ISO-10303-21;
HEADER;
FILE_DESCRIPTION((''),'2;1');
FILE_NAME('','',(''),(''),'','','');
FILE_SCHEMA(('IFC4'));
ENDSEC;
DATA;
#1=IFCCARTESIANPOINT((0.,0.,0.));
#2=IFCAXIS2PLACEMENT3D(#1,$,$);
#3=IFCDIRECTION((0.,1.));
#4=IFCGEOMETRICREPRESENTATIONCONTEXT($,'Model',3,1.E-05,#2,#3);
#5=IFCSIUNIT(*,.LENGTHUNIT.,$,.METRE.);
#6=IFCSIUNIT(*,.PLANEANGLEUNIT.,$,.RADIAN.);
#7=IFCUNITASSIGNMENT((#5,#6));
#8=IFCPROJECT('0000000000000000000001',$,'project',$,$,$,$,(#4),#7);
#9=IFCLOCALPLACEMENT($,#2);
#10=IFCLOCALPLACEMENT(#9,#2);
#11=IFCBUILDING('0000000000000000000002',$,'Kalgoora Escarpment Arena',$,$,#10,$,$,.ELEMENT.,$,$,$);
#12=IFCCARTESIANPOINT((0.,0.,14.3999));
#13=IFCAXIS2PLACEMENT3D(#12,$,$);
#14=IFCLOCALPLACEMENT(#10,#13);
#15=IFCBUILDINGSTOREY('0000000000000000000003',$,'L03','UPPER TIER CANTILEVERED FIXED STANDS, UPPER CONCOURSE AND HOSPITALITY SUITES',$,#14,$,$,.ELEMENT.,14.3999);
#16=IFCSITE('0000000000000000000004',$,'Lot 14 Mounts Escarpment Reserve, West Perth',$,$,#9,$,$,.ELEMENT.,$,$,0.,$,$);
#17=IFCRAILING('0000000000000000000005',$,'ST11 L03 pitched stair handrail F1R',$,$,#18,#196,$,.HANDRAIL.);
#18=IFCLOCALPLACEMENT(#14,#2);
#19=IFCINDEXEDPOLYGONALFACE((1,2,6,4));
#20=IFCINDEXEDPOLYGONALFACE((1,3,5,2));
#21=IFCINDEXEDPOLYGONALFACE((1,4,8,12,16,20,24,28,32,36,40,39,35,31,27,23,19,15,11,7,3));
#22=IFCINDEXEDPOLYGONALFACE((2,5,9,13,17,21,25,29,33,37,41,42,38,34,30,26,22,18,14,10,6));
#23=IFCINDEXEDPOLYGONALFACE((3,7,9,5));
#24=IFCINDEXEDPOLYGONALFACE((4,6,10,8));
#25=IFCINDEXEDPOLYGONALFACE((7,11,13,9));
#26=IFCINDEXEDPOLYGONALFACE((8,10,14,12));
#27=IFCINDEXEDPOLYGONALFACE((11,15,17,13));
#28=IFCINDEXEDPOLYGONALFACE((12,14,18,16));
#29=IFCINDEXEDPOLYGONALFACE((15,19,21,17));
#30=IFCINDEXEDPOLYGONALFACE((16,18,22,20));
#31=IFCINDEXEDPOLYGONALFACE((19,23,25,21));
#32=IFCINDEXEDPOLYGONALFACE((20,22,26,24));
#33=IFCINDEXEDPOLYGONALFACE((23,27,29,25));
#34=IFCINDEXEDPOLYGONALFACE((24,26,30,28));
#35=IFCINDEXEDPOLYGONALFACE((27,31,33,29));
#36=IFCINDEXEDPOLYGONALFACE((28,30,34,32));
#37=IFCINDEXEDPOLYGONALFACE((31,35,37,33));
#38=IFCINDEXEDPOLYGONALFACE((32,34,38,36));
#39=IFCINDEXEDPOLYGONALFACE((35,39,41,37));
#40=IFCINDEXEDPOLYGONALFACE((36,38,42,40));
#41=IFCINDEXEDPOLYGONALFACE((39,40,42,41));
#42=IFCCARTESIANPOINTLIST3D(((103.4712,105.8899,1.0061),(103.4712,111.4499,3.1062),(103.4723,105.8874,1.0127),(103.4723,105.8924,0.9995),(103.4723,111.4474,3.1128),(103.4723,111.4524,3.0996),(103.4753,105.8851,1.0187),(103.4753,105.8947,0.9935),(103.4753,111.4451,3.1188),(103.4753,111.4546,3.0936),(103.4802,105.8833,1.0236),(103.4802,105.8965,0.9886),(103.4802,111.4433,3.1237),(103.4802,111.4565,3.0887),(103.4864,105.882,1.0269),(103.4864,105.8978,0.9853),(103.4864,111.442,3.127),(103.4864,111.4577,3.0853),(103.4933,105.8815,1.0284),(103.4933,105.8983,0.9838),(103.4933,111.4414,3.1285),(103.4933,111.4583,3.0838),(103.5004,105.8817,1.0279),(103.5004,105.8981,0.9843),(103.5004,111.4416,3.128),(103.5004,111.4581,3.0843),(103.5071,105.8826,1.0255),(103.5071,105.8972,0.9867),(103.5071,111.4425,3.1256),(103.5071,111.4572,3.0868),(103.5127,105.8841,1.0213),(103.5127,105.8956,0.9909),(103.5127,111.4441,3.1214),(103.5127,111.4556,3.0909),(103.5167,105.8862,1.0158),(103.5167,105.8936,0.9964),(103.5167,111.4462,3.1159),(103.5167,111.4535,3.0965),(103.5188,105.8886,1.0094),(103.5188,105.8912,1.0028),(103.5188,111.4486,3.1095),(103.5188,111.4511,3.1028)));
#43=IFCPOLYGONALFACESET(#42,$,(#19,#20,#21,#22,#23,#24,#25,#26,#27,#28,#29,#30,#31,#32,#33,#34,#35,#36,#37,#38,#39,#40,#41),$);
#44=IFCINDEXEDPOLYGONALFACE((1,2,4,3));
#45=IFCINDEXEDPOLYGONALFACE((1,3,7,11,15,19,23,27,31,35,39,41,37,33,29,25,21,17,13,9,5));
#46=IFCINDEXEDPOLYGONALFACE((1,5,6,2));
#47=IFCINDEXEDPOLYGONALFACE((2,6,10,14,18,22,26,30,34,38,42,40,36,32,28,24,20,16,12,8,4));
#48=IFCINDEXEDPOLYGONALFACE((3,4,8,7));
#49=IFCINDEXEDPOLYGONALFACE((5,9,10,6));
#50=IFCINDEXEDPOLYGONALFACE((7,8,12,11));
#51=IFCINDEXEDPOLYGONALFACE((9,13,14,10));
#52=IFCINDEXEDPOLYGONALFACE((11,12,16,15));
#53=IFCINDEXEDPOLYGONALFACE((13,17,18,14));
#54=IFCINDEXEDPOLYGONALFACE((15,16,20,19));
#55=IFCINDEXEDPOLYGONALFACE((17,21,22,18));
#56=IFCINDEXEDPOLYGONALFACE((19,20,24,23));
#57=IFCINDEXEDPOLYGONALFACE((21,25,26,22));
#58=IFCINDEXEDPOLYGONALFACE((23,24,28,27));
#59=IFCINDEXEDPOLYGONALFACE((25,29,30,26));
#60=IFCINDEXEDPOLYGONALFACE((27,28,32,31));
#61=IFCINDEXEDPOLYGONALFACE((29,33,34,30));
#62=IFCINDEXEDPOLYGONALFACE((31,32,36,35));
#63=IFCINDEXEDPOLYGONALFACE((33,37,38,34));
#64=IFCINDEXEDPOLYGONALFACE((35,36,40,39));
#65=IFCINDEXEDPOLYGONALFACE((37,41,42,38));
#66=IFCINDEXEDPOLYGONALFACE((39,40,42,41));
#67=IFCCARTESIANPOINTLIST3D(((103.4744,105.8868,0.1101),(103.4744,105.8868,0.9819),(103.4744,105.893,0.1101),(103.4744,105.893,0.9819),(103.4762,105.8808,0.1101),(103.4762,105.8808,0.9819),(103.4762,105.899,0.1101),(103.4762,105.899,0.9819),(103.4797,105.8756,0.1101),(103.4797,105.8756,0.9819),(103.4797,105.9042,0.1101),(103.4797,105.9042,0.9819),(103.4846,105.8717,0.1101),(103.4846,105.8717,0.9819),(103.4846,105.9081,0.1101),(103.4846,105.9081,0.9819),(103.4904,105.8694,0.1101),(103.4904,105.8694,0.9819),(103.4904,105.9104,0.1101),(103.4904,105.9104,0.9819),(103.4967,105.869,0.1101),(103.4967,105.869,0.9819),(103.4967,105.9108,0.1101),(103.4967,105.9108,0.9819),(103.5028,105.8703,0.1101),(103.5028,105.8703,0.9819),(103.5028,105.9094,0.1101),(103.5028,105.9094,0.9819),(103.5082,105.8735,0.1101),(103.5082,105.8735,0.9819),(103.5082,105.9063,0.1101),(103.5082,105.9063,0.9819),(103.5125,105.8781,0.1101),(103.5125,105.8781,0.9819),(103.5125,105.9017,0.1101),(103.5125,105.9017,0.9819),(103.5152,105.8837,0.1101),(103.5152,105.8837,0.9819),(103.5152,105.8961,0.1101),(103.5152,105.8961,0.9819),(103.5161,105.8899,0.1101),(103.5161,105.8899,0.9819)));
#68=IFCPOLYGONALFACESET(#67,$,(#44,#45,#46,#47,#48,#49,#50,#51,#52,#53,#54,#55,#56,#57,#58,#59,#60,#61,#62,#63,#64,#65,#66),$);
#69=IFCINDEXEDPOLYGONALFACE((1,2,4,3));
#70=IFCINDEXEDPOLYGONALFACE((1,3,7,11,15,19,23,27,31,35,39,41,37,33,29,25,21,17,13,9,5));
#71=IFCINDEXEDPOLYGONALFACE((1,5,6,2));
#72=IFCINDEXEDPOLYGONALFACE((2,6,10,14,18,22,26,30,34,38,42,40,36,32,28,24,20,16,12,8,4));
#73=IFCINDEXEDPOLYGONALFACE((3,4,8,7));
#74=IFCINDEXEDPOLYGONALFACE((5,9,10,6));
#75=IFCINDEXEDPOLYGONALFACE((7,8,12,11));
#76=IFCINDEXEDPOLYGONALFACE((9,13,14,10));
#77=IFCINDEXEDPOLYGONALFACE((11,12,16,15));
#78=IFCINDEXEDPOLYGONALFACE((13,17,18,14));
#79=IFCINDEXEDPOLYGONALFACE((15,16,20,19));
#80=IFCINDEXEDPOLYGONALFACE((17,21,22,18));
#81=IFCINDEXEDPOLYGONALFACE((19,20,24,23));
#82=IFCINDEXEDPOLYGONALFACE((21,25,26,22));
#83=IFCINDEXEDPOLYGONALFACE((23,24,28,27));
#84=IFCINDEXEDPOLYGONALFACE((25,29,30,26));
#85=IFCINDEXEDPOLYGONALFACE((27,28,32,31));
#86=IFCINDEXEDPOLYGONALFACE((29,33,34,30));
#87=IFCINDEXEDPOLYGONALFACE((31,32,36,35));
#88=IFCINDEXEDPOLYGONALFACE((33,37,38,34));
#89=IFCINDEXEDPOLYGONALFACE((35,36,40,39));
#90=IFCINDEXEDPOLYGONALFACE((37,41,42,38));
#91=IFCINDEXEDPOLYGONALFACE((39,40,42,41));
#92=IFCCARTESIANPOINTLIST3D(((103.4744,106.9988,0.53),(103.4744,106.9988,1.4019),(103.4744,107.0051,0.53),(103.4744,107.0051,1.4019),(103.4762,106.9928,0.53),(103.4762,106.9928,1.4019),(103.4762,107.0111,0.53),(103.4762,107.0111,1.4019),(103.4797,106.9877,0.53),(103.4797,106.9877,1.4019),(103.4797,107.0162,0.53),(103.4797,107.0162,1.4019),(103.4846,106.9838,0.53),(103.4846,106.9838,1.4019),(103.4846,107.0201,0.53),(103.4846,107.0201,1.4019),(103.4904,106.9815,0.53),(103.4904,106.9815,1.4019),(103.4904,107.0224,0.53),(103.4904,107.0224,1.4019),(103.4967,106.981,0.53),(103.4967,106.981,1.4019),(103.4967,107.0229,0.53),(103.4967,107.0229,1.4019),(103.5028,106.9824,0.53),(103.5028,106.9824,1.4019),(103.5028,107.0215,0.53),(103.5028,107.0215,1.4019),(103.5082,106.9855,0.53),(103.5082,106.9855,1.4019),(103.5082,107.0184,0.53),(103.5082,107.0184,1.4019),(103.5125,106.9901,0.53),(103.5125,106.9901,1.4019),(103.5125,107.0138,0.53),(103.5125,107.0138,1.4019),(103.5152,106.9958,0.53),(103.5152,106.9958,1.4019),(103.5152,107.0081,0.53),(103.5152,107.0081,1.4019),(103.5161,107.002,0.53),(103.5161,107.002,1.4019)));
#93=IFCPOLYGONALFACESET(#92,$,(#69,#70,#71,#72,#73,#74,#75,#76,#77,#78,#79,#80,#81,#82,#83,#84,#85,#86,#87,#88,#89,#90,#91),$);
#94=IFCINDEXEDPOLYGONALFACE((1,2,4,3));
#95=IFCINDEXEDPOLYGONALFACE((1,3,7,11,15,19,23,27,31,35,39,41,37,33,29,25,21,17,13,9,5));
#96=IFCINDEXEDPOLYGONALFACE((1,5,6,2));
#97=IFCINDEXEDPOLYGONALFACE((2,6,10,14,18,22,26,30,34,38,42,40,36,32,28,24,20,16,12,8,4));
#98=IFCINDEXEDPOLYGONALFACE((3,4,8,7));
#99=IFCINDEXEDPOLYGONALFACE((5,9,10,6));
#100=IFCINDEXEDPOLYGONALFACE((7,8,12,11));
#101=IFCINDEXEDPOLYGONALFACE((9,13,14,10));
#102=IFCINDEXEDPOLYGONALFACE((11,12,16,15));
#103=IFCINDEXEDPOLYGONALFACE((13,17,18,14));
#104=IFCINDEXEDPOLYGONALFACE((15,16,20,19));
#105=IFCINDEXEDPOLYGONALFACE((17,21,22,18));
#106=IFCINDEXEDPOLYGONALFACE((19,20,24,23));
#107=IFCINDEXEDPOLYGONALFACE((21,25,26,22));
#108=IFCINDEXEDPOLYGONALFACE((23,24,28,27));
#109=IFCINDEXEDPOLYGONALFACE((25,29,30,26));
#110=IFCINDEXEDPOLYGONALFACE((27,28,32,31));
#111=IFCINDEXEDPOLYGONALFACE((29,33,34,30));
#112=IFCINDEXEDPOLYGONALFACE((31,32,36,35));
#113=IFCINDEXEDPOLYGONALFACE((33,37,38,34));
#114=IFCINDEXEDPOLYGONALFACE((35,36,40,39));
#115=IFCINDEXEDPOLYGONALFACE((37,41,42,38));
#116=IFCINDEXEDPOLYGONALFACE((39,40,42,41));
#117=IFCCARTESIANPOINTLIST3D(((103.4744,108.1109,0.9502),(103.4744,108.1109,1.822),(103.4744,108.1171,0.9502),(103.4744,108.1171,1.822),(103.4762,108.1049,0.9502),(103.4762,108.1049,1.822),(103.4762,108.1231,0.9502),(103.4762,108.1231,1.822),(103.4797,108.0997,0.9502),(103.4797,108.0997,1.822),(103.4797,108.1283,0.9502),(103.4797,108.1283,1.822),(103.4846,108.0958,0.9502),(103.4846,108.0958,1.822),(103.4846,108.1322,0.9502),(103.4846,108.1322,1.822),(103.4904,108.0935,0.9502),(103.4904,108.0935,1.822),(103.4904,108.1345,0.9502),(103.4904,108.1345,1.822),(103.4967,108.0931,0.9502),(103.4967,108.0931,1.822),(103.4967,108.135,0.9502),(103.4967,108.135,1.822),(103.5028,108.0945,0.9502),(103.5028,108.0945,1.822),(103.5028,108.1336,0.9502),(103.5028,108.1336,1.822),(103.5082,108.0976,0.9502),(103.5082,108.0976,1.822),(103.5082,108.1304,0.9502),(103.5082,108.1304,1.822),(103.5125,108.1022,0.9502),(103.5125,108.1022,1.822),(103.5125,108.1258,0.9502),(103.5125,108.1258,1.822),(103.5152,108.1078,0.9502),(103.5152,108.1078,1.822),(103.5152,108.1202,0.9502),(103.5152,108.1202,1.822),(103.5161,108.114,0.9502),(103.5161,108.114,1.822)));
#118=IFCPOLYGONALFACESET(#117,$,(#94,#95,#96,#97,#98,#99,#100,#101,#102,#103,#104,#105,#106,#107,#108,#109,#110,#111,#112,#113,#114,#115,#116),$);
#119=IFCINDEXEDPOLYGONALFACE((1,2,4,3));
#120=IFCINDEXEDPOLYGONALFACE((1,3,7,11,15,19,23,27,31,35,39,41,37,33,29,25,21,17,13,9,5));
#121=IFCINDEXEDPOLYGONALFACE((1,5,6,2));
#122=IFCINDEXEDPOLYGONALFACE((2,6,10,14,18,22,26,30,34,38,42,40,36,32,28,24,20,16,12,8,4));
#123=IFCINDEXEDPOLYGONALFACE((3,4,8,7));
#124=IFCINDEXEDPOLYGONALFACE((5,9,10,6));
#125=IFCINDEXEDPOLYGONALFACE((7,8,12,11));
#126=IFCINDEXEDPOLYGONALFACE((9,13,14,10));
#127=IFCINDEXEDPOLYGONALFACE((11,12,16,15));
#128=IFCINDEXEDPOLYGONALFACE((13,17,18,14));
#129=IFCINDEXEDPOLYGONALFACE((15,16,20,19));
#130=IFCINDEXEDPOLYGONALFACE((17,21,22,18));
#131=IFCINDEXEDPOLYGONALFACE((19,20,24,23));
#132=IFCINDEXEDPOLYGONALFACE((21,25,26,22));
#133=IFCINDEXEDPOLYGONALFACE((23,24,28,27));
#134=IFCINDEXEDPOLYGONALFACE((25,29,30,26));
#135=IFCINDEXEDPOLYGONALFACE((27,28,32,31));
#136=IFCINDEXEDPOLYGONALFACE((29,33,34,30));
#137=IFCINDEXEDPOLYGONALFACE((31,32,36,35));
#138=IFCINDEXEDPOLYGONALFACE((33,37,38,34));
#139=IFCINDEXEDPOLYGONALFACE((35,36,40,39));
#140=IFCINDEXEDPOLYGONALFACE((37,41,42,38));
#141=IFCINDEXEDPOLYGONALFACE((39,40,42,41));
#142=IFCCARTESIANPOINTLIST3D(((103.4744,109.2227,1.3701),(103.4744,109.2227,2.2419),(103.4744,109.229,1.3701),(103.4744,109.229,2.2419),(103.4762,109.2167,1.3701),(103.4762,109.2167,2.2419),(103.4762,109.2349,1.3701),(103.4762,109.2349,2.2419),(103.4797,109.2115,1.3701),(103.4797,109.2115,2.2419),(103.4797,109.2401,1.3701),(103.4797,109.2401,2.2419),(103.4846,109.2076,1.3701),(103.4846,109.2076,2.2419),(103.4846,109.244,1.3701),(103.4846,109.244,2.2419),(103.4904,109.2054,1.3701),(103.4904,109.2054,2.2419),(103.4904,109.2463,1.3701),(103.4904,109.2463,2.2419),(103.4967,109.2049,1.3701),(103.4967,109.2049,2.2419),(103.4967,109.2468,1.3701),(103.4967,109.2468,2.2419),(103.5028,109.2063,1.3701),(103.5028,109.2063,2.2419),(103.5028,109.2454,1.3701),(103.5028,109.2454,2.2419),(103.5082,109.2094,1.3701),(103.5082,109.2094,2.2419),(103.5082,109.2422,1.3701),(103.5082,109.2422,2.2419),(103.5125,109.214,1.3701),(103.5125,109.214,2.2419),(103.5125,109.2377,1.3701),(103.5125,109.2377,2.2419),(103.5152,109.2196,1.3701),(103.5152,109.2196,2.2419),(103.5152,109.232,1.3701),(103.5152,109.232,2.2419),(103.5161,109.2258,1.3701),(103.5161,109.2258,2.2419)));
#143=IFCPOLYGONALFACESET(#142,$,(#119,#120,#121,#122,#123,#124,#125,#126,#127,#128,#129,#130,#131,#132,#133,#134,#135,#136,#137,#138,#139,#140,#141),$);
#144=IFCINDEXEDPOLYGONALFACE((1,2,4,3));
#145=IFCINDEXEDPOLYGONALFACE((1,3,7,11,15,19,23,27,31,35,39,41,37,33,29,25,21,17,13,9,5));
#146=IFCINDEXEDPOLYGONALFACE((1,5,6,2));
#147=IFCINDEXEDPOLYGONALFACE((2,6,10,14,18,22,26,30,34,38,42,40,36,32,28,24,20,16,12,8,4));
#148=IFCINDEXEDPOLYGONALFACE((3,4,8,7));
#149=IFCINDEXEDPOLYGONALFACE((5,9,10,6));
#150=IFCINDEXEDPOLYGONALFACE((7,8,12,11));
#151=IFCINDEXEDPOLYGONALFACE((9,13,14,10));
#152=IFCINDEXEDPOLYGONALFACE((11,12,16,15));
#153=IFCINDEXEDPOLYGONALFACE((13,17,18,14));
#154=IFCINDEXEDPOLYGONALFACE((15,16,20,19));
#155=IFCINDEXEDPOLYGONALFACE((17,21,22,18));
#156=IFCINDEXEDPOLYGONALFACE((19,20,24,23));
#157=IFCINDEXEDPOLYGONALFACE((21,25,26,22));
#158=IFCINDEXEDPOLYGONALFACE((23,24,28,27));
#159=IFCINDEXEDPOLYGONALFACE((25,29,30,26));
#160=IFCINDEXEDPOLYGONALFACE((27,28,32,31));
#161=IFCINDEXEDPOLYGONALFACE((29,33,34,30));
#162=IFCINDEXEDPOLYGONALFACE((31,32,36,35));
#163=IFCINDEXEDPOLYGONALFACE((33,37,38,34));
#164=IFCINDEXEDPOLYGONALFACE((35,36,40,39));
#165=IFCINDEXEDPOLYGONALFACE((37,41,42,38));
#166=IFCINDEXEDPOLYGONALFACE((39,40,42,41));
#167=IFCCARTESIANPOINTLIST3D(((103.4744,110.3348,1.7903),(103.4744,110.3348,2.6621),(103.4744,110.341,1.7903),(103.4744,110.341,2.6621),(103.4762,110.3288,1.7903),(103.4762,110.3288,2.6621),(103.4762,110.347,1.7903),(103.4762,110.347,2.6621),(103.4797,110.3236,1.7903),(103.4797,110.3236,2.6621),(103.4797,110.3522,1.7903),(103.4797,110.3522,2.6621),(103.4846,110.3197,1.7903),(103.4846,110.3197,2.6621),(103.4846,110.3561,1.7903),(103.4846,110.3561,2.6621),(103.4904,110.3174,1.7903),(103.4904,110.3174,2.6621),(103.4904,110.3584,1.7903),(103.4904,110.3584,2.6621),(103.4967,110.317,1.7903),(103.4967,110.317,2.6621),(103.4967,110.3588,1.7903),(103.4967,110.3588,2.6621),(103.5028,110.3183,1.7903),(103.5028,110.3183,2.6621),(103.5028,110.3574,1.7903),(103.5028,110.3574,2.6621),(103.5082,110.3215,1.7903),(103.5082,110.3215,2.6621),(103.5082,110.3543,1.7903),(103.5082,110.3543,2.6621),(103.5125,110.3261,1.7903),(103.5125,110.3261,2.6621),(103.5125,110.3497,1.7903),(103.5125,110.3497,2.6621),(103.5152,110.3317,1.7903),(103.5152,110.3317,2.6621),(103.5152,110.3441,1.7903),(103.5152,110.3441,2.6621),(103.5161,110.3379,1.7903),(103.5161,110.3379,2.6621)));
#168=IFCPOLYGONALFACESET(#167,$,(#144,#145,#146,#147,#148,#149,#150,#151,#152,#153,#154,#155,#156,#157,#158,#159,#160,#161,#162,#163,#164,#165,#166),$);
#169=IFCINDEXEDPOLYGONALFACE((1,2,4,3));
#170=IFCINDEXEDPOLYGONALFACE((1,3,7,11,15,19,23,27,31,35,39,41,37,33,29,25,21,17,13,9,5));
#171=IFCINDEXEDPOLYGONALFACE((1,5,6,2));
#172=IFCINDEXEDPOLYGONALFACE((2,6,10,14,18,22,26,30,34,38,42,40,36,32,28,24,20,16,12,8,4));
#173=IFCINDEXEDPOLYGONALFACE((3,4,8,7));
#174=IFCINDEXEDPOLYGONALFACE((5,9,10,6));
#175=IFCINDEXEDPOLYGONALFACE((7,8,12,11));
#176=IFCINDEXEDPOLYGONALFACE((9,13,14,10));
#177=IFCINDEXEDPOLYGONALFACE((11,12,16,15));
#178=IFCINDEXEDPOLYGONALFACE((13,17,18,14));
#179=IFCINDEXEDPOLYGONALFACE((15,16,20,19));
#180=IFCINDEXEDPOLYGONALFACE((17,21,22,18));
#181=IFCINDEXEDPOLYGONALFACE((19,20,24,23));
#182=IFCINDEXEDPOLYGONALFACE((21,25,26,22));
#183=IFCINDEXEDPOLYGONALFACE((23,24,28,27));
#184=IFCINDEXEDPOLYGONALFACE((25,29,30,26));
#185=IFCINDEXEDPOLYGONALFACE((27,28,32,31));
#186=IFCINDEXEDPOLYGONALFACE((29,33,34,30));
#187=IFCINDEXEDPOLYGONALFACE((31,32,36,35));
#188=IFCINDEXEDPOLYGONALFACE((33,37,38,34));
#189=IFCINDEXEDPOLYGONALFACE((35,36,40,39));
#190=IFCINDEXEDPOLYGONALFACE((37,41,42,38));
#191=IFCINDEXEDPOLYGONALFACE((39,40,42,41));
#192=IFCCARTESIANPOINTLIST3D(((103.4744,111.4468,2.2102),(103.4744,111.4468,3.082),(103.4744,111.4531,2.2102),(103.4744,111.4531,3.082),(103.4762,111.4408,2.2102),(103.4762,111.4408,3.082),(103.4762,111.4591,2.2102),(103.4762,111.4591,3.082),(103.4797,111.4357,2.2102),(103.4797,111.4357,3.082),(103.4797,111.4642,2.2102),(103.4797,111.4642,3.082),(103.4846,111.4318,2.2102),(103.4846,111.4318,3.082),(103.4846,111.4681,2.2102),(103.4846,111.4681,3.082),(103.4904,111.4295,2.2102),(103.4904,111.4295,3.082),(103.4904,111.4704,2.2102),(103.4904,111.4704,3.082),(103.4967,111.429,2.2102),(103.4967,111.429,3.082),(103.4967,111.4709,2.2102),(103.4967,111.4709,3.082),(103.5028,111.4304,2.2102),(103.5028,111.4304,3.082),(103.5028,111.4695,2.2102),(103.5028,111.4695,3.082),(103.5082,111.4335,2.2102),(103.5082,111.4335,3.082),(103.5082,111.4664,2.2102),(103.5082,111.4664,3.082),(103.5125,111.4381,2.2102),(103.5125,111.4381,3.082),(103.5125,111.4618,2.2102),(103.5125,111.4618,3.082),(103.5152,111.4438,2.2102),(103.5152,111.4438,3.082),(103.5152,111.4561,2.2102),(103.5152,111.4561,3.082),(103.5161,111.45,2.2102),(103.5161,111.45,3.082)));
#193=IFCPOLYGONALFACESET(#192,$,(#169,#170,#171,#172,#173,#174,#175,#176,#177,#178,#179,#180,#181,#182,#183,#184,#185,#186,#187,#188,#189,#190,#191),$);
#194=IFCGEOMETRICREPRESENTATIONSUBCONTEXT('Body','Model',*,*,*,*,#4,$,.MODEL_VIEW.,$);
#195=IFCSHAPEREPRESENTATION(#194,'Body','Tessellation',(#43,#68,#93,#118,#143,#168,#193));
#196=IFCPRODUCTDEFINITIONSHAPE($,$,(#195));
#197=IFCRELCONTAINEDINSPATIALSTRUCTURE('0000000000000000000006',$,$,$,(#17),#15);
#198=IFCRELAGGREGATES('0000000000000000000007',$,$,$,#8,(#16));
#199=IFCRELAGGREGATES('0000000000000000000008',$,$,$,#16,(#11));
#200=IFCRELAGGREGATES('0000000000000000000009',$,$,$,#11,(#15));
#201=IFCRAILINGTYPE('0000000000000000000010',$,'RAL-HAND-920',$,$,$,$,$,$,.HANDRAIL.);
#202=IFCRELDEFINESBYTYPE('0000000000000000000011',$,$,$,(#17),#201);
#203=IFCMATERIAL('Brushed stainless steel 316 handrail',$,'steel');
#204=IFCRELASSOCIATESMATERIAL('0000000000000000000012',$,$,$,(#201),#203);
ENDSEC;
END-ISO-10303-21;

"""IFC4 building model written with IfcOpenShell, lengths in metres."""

from ifc_helpers import new_model, si_unit, direction, frame, origin, origin_2d, place, context, subcontext, project, spatial, circle, extrude, material, type_object, element, save


model = new_model("IFC4")

# Units and contexts
model_context = context("Model", 3, precision=1e-05, world=origin(), true_north=direction((0.0, 1.0)))
body_context = subcontext(model_context, "Body", "Model", "MODEL_VIEW")
ifc_project = project(units=[si_unit("LENGTHUNIT", "METRE"), si_unit("PLANEANGLEUNIT", "RADIAN")], contexts=[model_context])

# Site, building, storey
site_placement = place(None, origin())
site = spatial("IfcSite", under=ifc_project, at=site_placement, Name="Lot 14 Mounts Escarpment Reserve, West Perth", CompositionType="ELEMENT", RefElevation=0.0)
building_placement = place(site_placement, origin())
building = spatial("IfcBuilding", under=site, at=building_placement, Name="Kalgoora Escarpment Arena", CompositionType="ELEMENT")
storey_placement = place(building_placement, frame((0.0, 0.0, 14.3999)))
storey = spatial("IfcBuildingStorey", under=building, at=storey_placement, Name="L03", Description="UPPER TIER CANTILEVERED FIXED STANDS, UPPER CONCOURSE AND HOSPITALITY SUITES", CompositionType="ELEMENT", Elevation=14.3999)

# Railing
ifc_material_1 = material(Name="Brushed stainless steel 316 handrail", Category="steel")
railing_type_1 = type_object("IfcRailingType", Name="RAL-HAND-920", PredefinedType="HANDRAIL", material=ifc_material_1)
for number, where, name in (
    (1, (103.4951, 105.8899, 0.1101), "ST11 L03 pitched stair handrail F1R"),
):
    element("IfcRailing", number, at=place(storey_placement, frame(where)), inside=storey, type_object=railing_type_1, Name=name, PredefinedType="HANDRAIL", context=body_context, shape_type="SweptSolid", body=[
        extrude(circle(Radius=0.0239, at=origin_2d()), frame((0.0, 0.0, 0.896), z_axis=(0.0, 0.935493, 0.353346), x_axis=(-1.0, 0.0, 0.0)), (0.0, 0.0, 1.0), 5.9434),
        extrude(circle(Radius=0.021, at=origin_2d()), origin(), (0.0, 0.0, 1.0), 0.8718),
        extrude(circle(Radius=0.021, at=origin_2d()), frame((0.0, 1.1121, 0.4199)), (0.0, 0.0, 1.0), 0.8718),
        extrude(circle(Radius=0.021, at=origin_2d()), frame((0.0, 2.2241, 0.8401)), (0.0, 0.0, 1.0), 0.8718),
        extrude(circle(Radius=0.021, at=origin_2d()), frame((0.0, 3.3359, 1.26)), (0.0, 0.0, 1.0), 0.8718),
        extrude(circle(Radius=0.021, at=origin_2d()), frame((0.0, 4.448, 1.6802)), (0.0, 0.0, 1.0), 0.8718),
        extrude(circle(Radius=0.021, at=origin_2d()), frame((0.0, 5.5601, 2.1001)), (0.0, 0.0, 1.0), 0.8718),
    ])

save(model, "model.ifc")
